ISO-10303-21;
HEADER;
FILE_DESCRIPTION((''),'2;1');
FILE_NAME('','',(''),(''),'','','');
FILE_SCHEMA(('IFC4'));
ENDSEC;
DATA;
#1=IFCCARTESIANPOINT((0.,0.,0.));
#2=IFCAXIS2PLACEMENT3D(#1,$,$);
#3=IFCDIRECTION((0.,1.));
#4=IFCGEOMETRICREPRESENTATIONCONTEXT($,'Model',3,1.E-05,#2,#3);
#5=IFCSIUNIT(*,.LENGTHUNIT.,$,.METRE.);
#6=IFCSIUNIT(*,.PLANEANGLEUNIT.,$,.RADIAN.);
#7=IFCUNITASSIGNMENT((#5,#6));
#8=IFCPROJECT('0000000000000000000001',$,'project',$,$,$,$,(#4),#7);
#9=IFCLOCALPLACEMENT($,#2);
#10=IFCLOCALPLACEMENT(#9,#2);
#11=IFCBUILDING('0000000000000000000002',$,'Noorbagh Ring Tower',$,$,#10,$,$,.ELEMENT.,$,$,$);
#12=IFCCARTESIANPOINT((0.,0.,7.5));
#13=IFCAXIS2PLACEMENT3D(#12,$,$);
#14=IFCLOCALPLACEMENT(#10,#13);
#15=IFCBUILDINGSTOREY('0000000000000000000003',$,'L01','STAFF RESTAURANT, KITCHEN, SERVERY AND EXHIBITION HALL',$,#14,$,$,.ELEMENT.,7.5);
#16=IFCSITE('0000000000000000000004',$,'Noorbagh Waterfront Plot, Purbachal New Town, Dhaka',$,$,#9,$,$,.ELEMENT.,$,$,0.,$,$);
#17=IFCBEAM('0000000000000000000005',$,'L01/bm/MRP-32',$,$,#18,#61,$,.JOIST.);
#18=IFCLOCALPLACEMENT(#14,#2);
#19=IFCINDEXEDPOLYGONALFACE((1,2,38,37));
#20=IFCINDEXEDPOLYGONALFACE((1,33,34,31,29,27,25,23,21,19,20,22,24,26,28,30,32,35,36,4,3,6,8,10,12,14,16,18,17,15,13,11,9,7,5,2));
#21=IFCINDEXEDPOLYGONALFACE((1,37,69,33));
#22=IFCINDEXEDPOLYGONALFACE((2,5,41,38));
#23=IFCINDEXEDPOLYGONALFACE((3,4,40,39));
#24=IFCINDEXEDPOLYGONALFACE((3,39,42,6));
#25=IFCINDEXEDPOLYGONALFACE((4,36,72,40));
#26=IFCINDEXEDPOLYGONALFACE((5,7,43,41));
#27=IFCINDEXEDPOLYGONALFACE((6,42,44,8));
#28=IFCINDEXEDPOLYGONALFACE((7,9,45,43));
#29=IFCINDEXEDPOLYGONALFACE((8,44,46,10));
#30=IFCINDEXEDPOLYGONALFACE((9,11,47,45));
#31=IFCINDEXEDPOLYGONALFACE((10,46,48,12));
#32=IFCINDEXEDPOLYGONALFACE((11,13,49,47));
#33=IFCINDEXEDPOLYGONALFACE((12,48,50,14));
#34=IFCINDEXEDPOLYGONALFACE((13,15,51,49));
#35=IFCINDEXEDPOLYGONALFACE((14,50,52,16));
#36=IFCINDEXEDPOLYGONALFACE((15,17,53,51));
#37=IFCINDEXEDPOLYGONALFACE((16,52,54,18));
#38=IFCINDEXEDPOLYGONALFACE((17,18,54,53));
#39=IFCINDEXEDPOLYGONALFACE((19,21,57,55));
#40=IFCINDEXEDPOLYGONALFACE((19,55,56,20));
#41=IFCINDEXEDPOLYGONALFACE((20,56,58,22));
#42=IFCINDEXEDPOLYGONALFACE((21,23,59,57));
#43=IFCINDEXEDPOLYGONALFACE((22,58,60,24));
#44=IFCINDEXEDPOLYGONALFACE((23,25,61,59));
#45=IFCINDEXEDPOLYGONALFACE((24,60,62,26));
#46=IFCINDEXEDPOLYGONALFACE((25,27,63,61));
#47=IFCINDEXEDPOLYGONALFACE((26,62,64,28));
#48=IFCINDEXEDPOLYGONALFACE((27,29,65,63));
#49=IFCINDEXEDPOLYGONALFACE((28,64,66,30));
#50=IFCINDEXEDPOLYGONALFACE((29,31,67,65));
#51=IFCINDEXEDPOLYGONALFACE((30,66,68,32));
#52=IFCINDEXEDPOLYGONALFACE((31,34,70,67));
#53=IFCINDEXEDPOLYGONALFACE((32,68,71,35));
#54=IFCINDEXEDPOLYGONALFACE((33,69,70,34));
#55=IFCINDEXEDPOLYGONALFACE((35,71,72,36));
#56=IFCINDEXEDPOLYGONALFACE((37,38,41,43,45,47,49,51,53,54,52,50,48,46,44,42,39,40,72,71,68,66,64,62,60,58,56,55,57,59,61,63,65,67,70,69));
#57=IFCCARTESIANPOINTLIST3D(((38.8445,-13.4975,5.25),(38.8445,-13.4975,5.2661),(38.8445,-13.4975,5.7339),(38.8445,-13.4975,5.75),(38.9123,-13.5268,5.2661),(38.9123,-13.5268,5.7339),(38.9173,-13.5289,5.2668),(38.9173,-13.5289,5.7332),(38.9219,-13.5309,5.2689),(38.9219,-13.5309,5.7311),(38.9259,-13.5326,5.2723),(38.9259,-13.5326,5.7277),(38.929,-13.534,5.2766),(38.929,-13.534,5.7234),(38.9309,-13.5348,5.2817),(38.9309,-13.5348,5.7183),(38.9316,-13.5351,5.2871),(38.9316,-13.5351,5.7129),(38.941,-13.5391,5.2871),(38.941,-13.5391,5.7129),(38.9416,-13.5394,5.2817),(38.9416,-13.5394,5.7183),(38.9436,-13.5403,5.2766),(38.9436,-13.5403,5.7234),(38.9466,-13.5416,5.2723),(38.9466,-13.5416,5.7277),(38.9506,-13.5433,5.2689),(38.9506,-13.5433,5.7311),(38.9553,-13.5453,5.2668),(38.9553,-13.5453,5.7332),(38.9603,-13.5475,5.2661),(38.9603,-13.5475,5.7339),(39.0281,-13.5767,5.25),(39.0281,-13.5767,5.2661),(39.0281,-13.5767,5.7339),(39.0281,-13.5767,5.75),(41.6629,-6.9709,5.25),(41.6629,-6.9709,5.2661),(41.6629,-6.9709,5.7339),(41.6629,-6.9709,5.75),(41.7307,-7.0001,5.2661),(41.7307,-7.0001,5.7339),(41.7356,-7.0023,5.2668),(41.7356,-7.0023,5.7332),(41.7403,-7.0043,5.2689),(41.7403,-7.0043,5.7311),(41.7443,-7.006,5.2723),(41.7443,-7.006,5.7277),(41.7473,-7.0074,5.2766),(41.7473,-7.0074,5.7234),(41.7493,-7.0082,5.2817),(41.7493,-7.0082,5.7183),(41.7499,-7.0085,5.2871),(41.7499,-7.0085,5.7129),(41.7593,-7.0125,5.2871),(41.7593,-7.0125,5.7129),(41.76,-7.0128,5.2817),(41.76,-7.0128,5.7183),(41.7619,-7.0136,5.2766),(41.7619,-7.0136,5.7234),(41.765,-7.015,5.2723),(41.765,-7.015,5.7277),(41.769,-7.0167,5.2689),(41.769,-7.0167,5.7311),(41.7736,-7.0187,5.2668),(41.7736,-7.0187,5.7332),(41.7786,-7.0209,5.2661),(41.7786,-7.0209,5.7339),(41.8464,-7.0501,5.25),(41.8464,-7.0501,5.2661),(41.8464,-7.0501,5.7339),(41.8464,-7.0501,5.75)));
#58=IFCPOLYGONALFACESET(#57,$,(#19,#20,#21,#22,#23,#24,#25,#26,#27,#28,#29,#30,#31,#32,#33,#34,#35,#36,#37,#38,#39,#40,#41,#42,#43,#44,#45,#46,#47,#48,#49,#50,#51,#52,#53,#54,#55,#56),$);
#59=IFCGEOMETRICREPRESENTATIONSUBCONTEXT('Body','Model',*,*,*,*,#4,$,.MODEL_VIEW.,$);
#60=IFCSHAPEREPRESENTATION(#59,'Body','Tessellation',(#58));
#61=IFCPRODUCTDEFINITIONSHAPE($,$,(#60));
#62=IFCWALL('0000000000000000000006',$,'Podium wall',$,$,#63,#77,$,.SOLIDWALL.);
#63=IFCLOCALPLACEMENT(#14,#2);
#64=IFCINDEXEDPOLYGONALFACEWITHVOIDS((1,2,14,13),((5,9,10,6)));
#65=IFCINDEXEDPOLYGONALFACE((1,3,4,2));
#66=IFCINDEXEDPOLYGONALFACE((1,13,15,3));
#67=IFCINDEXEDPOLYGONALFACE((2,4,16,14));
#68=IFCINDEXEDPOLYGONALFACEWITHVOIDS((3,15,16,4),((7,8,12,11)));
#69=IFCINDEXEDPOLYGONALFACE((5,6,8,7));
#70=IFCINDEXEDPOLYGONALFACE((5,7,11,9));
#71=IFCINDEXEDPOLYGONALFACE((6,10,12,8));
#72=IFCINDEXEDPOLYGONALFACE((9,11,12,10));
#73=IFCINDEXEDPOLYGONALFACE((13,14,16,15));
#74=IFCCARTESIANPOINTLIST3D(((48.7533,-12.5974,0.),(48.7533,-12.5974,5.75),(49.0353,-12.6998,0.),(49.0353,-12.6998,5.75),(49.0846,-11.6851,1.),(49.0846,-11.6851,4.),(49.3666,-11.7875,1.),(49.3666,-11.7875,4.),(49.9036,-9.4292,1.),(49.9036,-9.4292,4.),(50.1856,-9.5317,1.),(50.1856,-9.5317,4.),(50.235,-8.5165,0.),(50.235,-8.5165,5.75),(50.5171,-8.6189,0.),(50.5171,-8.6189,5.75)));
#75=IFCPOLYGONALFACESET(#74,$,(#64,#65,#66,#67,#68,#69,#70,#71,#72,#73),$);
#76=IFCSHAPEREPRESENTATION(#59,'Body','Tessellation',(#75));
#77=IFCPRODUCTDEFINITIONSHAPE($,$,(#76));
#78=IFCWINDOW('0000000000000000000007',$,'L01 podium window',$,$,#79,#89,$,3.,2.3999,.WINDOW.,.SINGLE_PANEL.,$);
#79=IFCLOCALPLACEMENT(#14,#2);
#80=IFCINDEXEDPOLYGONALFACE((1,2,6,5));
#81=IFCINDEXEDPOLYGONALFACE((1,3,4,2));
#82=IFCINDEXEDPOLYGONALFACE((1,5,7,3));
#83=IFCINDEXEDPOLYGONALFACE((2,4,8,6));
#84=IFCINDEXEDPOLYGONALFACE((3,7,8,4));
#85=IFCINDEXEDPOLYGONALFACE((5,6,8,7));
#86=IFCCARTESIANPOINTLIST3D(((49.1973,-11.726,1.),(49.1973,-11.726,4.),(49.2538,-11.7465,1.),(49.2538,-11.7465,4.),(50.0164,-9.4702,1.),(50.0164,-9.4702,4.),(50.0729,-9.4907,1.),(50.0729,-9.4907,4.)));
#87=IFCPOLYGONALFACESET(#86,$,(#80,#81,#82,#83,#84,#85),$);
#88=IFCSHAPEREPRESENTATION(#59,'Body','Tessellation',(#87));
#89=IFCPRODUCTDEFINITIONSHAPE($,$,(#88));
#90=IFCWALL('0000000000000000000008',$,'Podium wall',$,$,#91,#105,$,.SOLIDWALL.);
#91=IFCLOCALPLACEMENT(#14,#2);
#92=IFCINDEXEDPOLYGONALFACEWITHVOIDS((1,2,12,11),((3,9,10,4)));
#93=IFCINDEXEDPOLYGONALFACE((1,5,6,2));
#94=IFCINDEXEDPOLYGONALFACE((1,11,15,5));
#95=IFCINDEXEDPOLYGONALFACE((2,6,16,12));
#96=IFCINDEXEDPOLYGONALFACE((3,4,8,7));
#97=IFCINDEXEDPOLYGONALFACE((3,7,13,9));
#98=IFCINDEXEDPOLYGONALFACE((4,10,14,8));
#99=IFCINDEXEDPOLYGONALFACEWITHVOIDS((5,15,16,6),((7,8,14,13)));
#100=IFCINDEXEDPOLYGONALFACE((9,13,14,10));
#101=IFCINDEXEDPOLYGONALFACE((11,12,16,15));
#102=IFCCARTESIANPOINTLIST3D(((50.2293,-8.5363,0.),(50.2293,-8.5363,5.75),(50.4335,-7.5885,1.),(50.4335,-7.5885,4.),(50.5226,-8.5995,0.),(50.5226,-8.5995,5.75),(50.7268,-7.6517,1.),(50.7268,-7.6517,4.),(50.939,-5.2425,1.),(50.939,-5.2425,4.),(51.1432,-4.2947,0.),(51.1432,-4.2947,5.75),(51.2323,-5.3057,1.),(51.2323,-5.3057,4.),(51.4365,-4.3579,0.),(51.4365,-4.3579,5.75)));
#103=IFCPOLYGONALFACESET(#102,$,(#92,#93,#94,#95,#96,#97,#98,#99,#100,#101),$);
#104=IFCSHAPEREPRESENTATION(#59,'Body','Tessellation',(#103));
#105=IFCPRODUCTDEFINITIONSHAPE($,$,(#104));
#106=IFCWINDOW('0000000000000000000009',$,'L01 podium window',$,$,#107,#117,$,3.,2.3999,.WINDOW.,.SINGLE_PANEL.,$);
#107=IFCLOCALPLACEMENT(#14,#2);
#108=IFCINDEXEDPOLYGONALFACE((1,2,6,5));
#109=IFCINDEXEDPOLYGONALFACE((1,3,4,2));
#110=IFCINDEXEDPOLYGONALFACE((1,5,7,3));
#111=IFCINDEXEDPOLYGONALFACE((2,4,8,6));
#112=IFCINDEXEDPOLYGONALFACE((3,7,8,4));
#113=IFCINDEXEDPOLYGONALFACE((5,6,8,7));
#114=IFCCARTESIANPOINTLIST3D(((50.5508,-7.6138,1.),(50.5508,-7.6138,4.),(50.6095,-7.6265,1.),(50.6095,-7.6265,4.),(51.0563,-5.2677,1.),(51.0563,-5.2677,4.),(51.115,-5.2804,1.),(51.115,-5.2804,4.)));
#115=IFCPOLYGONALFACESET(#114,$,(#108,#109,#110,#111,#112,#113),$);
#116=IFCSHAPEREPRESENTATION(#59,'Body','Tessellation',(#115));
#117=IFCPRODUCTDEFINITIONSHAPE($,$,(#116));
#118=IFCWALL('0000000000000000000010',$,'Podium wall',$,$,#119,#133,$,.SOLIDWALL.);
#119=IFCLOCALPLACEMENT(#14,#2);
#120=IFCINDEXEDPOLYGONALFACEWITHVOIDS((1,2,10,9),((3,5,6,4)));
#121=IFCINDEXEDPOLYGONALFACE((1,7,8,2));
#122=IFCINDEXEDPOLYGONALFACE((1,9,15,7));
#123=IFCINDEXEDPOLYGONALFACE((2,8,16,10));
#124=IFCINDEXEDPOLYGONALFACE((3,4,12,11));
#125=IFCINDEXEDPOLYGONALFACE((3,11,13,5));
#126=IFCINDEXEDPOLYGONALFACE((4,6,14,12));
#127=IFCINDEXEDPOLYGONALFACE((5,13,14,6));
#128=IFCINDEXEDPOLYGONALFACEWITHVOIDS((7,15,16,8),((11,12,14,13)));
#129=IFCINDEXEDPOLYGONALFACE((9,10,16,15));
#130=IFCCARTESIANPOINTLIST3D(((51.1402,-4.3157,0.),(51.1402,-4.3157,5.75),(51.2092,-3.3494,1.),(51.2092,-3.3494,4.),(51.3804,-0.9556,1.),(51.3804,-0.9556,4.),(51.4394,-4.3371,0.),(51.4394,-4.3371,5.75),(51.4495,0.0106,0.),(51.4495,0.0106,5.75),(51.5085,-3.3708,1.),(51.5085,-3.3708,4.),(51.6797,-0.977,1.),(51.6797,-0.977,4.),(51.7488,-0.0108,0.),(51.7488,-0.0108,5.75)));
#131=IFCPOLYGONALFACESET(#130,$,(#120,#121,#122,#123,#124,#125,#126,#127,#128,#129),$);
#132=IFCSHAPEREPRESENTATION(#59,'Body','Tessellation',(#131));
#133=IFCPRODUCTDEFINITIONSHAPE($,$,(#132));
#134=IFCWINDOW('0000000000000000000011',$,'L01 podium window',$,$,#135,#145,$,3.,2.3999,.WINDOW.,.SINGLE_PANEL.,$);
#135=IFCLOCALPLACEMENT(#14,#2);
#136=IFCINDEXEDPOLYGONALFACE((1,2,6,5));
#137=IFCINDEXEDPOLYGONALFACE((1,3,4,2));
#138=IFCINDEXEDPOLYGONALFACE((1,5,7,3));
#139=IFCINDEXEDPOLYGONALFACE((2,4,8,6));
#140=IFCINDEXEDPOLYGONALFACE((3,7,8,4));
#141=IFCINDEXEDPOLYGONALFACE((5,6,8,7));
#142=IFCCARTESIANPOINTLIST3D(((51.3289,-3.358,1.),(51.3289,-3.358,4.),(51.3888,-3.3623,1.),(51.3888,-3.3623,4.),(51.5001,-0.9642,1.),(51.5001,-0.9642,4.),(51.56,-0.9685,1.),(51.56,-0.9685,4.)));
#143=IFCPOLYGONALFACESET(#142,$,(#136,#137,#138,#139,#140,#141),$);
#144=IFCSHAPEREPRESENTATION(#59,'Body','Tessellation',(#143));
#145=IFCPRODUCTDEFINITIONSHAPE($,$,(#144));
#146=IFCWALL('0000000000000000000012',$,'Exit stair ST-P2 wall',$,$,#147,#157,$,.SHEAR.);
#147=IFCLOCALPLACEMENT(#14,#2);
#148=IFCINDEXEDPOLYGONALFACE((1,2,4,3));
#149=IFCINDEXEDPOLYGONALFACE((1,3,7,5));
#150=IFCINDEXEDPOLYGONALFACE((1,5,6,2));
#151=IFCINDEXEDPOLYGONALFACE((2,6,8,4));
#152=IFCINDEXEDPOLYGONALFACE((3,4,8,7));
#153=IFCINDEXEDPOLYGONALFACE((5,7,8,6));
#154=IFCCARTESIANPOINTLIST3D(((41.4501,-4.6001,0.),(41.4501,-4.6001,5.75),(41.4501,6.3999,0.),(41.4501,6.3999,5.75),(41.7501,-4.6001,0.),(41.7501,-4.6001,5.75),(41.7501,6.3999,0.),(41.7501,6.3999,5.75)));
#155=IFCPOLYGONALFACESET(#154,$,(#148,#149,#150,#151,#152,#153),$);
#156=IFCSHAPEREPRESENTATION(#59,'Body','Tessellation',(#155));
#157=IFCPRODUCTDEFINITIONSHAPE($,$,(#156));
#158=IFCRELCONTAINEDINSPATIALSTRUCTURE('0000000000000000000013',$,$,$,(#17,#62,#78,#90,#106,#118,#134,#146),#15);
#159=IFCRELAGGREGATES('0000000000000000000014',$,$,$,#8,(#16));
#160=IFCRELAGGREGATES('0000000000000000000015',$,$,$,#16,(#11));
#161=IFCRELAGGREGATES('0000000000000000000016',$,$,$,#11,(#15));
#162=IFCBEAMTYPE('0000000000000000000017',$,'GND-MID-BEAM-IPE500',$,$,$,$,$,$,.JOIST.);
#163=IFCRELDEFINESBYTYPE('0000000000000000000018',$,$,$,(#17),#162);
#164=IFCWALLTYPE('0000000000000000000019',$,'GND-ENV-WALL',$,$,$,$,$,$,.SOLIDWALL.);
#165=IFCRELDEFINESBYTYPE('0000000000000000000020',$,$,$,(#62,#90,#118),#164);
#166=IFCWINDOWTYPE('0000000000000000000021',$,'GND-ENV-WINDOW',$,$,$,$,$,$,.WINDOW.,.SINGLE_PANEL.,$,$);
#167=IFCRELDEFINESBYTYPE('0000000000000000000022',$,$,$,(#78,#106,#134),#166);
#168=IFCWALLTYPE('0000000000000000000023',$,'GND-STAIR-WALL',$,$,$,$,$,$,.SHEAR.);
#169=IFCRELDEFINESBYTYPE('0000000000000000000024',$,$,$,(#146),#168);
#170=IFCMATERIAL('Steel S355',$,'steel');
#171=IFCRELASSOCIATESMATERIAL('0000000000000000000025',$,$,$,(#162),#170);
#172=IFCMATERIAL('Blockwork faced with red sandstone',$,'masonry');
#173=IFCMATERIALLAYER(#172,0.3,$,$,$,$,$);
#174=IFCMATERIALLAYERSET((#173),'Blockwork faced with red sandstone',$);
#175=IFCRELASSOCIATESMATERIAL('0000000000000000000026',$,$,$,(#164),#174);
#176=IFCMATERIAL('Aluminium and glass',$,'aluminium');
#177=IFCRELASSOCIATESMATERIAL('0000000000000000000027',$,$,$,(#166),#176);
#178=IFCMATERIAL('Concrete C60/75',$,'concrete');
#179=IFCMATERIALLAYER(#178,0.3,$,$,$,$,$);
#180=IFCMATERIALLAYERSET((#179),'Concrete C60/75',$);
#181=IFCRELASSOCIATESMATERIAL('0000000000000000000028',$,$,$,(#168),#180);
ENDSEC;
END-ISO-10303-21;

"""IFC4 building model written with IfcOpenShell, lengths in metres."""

from ifc_helpers import new_model, si_unit, direction, frame, frame_2d, origin, origin_2d, place, context, subcontext, project, spatial, rectangle, i_section, extrude, material, layer, layer_set, material_profile, profile_set, type_object, element, fill, save


model = new_model("IFC4")

# Units and contexts
model_context = context("Model", 3, precision=1e-05, world=origin(), true_north=direction((0.0, 1.0)))
body_context = subcontext(model_context, "Body", "Model", "MODEL_VIEW")
ifc_project = project(units=[si_unit("LENGTHUNIT", "METRE"), si_unit("PLANEANGLEUNIT", "RADIAN")], contexts=[model_context])

# Site, building, storey
site_placement = place(None, origin())
site = spatial("IfcSite", under=ifc_project, at=site_placement, Name="Noorbagh Waterfront Plot, Purbachal New Town, Dhaka", CompositionType="ELEMENT", RefElevation=0.0)
building_placement = place(site_placement, origin())
building = spatial("IfcBuilding", under=site, at=building_placement, Name="Noorbagh Ring Tower", CompositionType="ELEMENT")
storey_placement = place(building_placement, frame((0.0, 0.0, 7.5)))
storey = spatial("IfcBuildingStorey", under=building, at=storey_placement, Name="L01", Description="STAFF RESTAURANT, KITCHEN, SERVERY AND EXHIBITION HALL", CompositionType="ELEMENT", Elevation=7.5)

# Beam
ifc_material_1 = material(Name="Steel S355", Category="steel")
ifc_material_profile_1 = material_profile(ifc_material_1, i_section(OverallWidth=0.2, OverallDepth=0.5, WebThickness=0.0103, FlangeThickness=0.0161, FilletRadius=0.021, at=origin_2d()), Name="IPE500")
ifc_profile_set_1 = profile_set([ifc_material_profile_1], Name="Steel S355")
beam_type_1 = type_object("IfcBeamType", Name="GND-MID-BEAM-IPE500", PredefinedType="JOIST", material=ifc_profile_set_1)
beam_1_placement = place(storey_placement, frame((38.9363, -13.5371, 5.5), z_axis=(0.396442, 0.91806, 0.0), x_axis=(-0.91806, 0.396442, 0.0)))
element("IfcBeam", 1, at=beam_1_placement, inside=storey, type_object=beam_type_1, Name="L01/bm/MRP-32", PredefinedType="JOIST", context=body_context, shape_type="SweptSolid", body=[
    extrude(i_section(OverallWidth=0.2, OverallDepth=0.5, WebThickness=0.0103, FlangeThickness=0.0161, FilletRadius=0.021, at=origin_2d()), origin(), (0.0, 0.0, 1.0), 7.1091),
])

# Walls, openings, windows
ifc_material_2 = material(Name="Blockwork faced with red sandstone", Category="masonry")
ifc_layer_1 = layer(ifc_material_2, 0.3)
ifc_layer_set_1 = layer_set([ifc_layer_1], Name="Blockwork faced with red sandstone")
wall_type_1 = type_object("IfcWallType", Name="GND-ENV-WALL", PredefinedType="SOLIDWALL", material=ifc_layer_set_1)
wall_1_placement = place(storey_placement, frame((48.8943, -12.6487, 0.0), z_axis=(0.0, 0.0, 1.0), x_axis=(0.341287, 0.939959, 0.0)))
wall_1 = element("IfcWall", 2, at=wall_1_placement, inside=storey, type_object=wall_type_1, Name="Podium wall", PredefinedType="SOLIDWALL", context=body_context, shape_type="SweptSolid", body=[
    extrude(rectangle(XDim=4.3416, YDim=0.3, at=frame_2d((2.1709, 0.0))), origin(), (0.0, 0.0, 1.0), 5.75),
])
opening_1_placement = place(wall_1_placement, frame((0.9707, 0.0, 1.0)))
opening_1 = element("IfcOpeningElement", 3, at=opening_1_placement, cuts=wall_1, PredefinedType="OPENING", context=body_context, shape_type="SweptSolid", body=[
    extrude(rectangle(XDim=2.3999, YDim=3.0, at=frame_2d((1.2, 1.5))), frame((0.0, 0.1602, 0.0), z_axis=(0.0, -1.0, 0.0), x_axis=(1.0, 0.0, 0.0)), (0.0, 0.0, 1.0), 0.3201),
])
ifc_material_3 = material(Name="Aluminium and glass", Category="aluminium")
window_type = type_object("IfcWindowType", Name="GND-ENV-WINDOW", PartitioningType="SINGLE_PANEL", PredefinedType="WINDOW", material=ifc_material_3)
window_1_placement = place(opening_1_placement, origin())
window_1 = element("IfcWindow", 4, at=window_1_placement, inside=storey, type_object=window_type, Name="L01 podium window", OverallHeight=3.0, OverallWidth=2.3999, PartitioningType="SINGLE_PANEL", PredefinedType="WINDOW", context=body_context, shape_type="SweptSolid", body=[
    extrude(rectangle(XDim=2.3999, YDim=3.0, at=frame_2d((1.2, 1.5))), frame((0.0, 0.03, 0.0), z_axis=(0.0, -1.0, 0.0), x_axis=(1.0, 0.0, 0.0)), (0.0, 0.0, 1.0), 0.0601),
])
fill(opening_1, window_1)
wall_2_placement = place(storey_placement, frame((50.376, -8.5679, 0.0), z_axis=(0.0, 0.0, 1.0), x_axis=(0.210616, 0.977569, 0.0)))
wall_2 = element("IfcWall", 5, at=wall_2_placement, inside=storey, type_object=wall_type_1, Name="Podium wall", PredefinedType="SOLIDWALL", context=body_context, shape_type="SweptSolid", body=[
    extrude(rectangle(XDim=4.3389, YDim=0.3, at=frame_2d((2.1694, 0.0))), origin(), (0.0, 0.0, 1.0), 5.75),
])
opening_2_placement = place(wall_2_placement, frame((0.9695, 0.0, 1.0)))
opening_2 = element("IfcOpeningElement", 6, at=opening_2_placement, cuts=wall_2, PredefinedType="OPENING", context=body_context, shape_type="SweptSolid", body=[
    extrude(rectangle(XDim=2.3999, YDim=3.0, at=frame_2d((1.2, 1.5))), frame((0.0, 0.1602, 0.0), z_axis=(0.0, -1.0, 0.0), x_axis=(1.0, 0.0, 0.0)), (0.0, 0.0, 1.0), 0.3201),
])
window_2_placement = place(opening_2_placement, origin())
window_2 = element("IfcWindow", 7, at=window_2_placement, inside=storey, type_object=window_type, Name="L01 podium window", OverallHeight=3.0, OverallWidth=2.3999, PartitioningType="SINGLE_PANEL", PredefinedType="WINDOW", context=body_context, shape_type="SweptSolid", body=[
    extrude(rectangle(XDim=2.3999, YDim=3.0, at=frame_2d((1.2, 1.5))), frame((0.0, 0.03, 0.0), z_axis=(0.0, -1.0, 0.0), x_axis=(1.0, 0.0, 0.0)), (0.0, 0.0, 1.0), 0.0601),
])
fill(opening_2, window_2)
wall_3_placement = place(storey_placement, frame((51.2898, -4.3264, 0.0), z_axis=(0.0, 0.0, 1.0), x_axis=(0.071315, 0.997454, 0.0)))
wall_3 = element("IfcWall", 8, at=wall_3_placement, inside=storey, type_object=wall_type_1, Name="Podium wall", PredefinedType="SOLIDWALL", context=body_context, shape_type="SweptSolid", body=[
    extrude(rectangle(XDim=4.3374, YDim=0.3, at=frame_2d((2.1687, 0.0))), origin(), (0.0, 0.0, 1.0), 5.75),
])
opening_3_placement = place(wall_3_placement, frame((0.9688, 0.0, 1.0)))
opening_3 = element("IfcOpeningElement", 9, at=opening_3_placement, cuts=wall_3, PredefinedType="OPENING", context=body_context, shape_type="SweptSolid", body=[
    extrude(rectangle(XDim=2.3999, YDim=3.0, at=frame_2d((1.2, 1.5))), frame((0.0, 0.1602, 0.0), z_axis=(0.0, -1.0, 0.0), x_axis=(1.0, 0.0, 0.0)), (0.0, 0.0, 1.0), 0.3201),
])
window_3_placement = place(opening_3_placement, origin())
window_3 = element("IfcWindow", 10, at=window_3_placement, inside=storey, type_object=window_type, Name="L01 podium window", OverallHeight=3.0, OverallWidth=2.3999, PartitioningType="SINGLE_PANEL", PredefinedType="WINDOW", context=body_context, shape_type="SweptSolid", body=[
    extrude(rectangle(XDim=2.3999, YDim=3.0, at=frame_2d((1.2, 1.5))), frame((0.0, 0.03, 0.0), z_axis=(0.0, -1.0, 0.0), x_axis=(1.0, 0.0, 0.0)), (0.0, 0.0, 1.0), 0.0601),
])
fill(opening_3, window_3)

# Wall
ifc_material_4 = material(Name="Concrete C60/75", Category="concrete")
ifc_layer_2 = layer(ifc_material_4, 0.3)
ifc_layer_set_2 = layer_set([ifc_layer_2], Name="Concrete C60/75")
wall_type_2 = type_object("IfcWallType", Name="GND-STAIR-WALL", PredefinedType="SHEAR", material=ifc_layer_set_2)
wall_4_placement = place(storey_placement, frame((41.6001, -4.6001, 0.0), z_axis=(0.0, 0.0, 1.0), x_axis=(0.0, 1.0, 0.0)))
element("IfcWall", 11, at=wall_4_placement, inside=storey, type_object=wall_type_2, Name="Exit stair ST-P2 wall", PredefinedType="SHEAR", context=body_context, shape_type="SweptSolid", body=[
    extrude(rectangle(XDim=11.0, YDim=0.3, at=frame_2d((5.5, 0.0))), origin(), (0.0, 0.0, 1.0), 5.75),
])

save(model, "model.ifc")
